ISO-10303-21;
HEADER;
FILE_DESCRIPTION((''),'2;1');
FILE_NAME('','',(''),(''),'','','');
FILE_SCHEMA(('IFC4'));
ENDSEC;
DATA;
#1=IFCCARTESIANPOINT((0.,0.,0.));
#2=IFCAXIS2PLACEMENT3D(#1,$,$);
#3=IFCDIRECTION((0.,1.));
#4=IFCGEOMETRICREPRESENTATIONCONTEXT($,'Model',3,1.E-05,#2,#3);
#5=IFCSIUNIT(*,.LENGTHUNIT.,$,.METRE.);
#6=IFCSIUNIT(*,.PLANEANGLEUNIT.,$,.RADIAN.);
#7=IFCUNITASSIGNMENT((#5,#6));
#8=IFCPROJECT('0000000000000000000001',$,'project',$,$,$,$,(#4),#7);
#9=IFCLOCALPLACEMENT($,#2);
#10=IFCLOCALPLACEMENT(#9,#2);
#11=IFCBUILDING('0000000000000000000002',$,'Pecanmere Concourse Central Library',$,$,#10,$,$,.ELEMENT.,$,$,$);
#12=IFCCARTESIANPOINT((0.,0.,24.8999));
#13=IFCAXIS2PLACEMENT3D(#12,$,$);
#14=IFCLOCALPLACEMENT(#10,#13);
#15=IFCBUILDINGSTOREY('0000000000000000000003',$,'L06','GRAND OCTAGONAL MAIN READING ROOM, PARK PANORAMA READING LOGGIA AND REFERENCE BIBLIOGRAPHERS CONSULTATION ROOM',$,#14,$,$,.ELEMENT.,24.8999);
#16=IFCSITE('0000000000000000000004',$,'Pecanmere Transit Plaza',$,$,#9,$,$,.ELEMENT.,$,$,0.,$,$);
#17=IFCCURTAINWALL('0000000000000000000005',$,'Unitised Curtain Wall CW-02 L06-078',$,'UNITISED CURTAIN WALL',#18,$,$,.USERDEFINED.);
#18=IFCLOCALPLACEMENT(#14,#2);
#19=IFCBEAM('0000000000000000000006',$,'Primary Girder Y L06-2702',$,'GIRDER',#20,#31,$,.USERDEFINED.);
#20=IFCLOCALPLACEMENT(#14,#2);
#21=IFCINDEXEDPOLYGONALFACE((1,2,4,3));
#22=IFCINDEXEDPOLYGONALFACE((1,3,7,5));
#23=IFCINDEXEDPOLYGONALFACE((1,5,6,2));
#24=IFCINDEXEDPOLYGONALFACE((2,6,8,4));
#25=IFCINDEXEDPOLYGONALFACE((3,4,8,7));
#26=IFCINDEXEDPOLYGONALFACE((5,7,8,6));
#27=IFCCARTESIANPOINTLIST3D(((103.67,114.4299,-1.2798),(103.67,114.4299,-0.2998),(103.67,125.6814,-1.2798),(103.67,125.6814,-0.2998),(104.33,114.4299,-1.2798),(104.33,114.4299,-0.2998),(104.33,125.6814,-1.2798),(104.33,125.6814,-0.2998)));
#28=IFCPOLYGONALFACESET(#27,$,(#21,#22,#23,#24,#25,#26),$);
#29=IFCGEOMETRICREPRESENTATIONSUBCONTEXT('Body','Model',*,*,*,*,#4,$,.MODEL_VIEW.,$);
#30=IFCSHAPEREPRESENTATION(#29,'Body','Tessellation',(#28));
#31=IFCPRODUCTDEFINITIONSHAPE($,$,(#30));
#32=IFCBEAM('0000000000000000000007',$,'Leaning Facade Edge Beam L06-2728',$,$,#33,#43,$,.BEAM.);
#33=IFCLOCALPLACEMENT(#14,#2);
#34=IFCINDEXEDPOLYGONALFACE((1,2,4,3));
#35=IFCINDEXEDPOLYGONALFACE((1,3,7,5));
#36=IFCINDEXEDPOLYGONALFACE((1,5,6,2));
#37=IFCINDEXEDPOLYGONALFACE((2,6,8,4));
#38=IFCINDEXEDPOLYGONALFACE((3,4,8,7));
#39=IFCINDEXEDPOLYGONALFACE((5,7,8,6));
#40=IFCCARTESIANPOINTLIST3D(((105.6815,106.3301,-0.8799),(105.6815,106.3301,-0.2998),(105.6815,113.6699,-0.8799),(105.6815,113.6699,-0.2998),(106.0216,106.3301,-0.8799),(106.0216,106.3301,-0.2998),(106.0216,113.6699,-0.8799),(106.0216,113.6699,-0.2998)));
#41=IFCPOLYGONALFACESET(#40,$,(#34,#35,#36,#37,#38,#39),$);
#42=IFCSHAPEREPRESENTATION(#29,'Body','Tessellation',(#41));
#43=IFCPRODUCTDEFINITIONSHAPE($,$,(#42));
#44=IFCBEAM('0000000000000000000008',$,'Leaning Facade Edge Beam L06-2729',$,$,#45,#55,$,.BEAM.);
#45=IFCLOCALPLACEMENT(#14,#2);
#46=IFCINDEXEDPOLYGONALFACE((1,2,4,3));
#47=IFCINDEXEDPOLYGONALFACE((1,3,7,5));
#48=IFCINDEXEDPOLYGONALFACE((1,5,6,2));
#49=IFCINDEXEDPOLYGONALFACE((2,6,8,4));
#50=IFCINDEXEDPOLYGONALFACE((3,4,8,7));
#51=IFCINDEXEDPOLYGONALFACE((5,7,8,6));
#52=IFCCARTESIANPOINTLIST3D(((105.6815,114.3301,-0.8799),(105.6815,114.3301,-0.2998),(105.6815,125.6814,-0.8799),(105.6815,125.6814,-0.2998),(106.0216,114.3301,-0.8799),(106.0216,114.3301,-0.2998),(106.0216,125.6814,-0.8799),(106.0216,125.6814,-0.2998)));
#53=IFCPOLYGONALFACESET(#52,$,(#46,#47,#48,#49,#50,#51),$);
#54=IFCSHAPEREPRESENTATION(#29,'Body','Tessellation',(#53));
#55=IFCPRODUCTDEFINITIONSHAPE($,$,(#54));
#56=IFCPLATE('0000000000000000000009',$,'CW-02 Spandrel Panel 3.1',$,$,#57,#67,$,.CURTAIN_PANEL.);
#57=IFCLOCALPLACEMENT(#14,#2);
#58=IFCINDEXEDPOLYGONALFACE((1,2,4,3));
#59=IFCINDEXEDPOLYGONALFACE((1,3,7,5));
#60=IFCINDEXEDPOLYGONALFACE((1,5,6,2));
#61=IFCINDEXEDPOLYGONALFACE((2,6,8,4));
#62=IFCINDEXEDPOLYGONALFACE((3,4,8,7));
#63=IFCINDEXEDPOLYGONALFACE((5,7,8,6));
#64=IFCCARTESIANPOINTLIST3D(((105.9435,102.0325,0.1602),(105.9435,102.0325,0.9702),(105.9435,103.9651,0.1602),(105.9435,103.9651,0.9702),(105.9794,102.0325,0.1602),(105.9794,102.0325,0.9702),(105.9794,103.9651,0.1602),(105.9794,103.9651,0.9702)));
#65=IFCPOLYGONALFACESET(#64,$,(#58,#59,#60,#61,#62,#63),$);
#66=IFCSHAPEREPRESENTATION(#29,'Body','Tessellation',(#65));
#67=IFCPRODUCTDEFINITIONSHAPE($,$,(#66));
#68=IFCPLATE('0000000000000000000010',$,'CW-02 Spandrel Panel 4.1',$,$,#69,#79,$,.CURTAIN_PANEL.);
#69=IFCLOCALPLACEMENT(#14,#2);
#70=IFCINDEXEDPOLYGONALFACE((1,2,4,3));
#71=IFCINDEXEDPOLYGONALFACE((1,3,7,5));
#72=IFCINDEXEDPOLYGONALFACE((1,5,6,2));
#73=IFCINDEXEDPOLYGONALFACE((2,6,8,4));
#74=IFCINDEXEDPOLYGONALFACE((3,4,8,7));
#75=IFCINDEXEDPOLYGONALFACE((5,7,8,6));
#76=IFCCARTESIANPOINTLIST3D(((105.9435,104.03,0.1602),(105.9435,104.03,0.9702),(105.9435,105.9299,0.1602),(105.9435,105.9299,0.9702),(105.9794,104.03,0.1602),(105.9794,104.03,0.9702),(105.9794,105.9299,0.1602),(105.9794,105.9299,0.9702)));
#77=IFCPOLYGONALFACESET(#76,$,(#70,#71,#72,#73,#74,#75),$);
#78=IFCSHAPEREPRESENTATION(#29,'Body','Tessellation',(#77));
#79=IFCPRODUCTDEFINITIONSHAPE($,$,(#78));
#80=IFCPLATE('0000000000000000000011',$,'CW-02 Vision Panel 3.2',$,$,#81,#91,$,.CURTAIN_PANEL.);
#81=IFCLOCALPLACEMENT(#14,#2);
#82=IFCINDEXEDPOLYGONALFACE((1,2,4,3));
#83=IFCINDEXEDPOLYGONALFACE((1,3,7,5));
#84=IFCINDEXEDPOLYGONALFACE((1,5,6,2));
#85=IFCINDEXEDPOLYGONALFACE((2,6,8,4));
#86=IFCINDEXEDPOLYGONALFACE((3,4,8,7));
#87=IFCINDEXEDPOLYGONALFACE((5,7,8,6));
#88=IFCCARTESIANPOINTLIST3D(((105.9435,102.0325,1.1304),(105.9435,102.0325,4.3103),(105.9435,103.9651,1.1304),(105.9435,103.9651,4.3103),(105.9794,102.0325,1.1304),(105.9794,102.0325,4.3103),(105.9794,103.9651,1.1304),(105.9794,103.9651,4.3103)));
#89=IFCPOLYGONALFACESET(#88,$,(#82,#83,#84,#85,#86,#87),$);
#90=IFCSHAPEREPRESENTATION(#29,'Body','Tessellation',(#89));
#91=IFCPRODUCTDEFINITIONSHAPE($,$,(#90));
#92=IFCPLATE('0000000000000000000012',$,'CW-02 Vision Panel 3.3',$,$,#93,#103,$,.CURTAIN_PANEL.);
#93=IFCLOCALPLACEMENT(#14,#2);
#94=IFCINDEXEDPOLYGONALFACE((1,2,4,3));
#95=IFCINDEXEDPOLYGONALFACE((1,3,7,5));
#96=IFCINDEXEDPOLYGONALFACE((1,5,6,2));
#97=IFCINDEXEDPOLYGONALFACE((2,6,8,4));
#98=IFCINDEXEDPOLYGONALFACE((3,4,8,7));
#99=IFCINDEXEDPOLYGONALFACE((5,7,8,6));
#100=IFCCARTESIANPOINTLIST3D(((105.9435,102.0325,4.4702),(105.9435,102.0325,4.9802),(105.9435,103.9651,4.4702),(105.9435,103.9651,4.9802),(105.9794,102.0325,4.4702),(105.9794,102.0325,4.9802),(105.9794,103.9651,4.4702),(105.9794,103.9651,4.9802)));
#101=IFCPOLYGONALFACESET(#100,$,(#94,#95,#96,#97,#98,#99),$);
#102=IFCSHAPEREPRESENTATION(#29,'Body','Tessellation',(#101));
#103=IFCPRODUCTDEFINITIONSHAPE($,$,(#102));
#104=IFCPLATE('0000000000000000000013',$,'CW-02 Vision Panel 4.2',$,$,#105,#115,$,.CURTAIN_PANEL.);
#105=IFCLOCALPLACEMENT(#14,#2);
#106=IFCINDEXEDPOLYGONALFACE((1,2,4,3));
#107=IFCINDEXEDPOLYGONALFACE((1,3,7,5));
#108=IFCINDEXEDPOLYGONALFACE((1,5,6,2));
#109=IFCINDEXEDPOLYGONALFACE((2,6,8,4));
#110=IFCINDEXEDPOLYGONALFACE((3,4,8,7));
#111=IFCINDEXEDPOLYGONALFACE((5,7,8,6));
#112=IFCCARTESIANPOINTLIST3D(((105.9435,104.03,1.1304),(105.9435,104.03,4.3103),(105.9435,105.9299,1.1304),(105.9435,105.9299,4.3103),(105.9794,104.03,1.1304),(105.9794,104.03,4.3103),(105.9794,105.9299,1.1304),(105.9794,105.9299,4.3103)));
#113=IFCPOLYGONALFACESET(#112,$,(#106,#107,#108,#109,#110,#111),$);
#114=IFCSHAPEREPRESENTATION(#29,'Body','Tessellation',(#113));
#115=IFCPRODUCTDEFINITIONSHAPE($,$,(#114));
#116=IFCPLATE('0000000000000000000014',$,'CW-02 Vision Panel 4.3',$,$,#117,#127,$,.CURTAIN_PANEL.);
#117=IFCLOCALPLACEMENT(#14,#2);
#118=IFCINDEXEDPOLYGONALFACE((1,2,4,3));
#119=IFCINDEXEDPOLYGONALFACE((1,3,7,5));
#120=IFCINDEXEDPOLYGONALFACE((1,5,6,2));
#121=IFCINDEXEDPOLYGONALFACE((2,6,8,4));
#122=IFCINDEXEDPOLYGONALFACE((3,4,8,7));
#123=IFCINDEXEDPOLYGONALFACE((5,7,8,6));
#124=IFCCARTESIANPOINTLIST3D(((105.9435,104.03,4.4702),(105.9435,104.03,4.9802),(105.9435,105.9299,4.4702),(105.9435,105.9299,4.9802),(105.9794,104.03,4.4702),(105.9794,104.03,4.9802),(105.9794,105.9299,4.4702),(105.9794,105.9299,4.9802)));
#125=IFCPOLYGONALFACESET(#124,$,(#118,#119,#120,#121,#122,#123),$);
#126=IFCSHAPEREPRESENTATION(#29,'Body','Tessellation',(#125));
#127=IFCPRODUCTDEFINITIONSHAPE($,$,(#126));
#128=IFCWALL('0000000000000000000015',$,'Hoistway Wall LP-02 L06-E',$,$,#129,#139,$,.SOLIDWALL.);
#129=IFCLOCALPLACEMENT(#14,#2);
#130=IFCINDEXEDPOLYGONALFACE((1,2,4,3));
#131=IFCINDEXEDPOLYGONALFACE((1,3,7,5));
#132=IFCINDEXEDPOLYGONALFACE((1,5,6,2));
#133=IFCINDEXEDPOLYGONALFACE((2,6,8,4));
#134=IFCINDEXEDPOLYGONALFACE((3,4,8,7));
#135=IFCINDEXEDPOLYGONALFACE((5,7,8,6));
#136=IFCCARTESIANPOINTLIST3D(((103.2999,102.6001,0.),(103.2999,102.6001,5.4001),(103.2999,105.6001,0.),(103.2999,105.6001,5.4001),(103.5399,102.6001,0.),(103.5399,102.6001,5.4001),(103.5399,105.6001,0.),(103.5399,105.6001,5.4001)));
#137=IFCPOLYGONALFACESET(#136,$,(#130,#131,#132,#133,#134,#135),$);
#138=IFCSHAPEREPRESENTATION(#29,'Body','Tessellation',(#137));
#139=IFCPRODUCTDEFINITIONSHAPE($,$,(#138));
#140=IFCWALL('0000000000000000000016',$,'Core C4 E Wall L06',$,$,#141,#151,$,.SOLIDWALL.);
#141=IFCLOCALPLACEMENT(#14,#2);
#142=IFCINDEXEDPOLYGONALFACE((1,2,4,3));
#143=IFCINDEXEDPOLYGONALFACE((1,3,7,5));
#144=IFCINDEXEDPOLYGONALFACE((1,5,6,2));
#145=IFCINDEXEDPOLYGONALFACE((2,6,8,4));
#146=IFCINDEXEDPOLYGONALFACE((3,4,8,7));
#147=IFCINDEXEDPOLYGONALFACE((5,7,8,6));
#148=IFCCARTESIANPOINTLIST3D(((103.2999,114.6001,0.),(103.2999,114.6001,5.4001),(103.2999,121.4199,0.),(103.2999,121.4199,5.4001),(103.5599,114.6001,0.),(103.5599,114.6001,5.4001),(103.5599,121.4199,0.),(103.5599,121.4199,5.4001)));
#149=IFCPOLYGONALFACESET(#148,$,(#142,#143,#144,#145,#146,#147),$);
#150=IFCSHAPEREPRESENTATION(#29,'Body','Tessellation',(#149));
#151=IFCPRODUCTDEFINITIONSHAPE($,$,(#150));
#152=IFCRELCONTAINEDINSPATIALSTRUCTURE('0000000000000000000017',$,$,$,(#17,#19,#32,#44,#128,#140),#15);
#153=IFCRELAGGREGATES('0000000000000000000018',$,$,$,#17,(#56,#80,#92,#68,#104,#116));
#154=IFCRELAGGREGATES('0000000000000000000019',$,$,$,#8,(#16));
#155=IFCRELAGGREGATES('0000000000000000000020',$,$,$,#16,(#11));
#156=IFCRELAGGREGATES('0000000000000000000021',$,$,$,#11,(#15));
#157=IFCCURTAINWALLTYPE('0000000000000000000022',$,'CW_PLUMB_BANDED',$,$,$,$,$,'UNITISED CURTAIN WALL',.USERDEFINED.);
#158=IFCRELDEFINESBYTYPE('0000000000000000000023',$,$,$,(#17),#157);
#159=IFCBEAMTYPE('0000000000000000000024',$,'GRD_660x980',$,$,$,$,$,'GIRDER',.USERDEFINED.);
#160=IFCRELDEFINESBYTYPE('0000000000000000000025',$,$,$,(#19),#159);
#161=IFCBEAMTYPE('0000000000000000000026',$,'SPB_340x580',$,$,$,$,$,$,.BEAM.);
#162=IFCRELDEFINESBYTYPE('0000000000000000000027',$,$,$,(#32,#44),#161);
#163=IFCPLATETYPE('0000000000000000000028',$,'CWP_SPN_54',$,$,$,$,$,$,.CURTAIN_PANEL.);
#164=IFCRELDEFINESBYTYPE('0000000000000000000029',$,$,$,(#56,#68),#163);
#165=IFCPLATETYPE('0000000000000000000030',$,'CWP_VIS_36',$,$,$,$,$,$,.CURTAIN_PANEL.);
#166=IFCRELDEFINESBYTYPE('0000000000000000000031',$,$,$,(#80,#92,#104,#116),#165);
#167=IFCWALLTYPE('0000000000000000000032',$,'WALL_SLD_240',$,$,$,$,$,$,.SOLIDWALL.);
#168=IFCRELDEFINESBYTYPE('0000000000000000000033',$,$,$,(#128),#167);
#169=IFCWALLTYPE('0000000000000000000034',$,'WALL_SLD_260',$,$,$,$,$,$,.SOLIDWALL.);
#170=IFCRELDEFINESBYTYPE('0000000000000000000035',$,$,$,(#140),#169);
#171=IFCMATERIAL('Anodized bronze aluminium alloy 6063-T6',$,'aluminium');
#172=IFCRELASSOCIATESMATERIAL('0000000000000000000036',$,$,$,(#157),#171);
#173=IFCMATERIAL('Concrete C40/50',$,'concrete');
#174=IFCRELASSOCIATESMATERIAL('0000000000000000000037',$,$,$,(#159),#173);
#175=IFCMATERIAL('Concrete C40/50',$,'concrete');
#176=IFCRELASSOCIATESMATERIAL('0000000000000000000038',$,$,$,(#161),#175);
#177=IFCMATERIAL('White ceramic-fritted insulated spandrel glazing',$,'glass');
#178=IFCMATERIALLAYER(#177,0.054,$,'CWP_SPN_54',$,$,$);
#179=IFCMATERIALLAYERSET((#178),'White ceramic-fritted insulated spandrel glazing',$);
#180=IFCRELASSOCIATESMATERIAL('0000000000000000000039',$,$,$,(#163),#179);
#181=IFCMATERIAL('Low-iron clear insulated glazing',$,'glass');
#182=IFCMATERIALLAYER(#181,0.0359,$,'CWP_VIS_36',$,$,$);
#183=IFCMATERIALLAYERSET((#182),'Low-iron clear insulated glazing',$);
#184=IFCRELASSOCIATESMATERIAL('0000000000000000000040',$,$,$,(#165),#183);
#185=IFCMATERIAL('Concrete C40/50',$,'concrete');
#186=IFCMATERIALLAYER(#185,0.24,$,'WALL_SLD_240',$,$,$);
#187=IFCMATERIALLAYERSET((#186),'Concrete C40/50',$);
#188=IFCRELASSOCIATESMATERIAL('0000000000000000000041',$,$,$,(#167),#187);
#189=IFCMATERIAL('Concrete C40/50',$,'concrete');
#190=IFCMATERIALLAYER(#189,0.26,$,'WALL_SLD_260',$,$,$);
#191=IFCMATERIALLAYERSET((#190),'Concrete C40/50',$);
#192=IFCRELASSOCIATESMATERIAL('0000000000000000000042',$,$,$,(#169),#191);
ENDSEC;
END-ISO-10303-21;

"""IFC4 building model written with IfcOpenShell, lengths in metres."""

from ifc_helpers import new_model, si_unit, direction, frame, frame_2d, origin, origin_2d, place, context, subcontext, project, spatial, rectangle, extrude, material, layer, layer_set, material_profile, profile_set, type_object, element, aggregate, save


model = new_model("IFC4")

# Units and contexts
model_context = context("Model", 3, precision=1e-05, world=origin(), true_north=direction((0.0, 1.0)))
body_context = subcontext(model_context, "Body", "Model", "MODEL_VIEW")
ifc_project = project(units=[si_unit("LENGTHUNIT", "METRE"), si_unit("PLANEANGLEUNIT", "RADIAN")], contexts=[model_context])

# Site, building, storey
site_placement = place(None, origin())
site = spatial("IfcSite", under=ifc_project, at=site_placement, Name="Pecanmere Transit Plaza", CompositionType="ELEMENT", RefElevation=0.0)
building_placement = place(site_placement, origin())
building = spatial("IfcBuilding", under=site, at=building_placement, Name="Pecanmere Concourse Central Library", CompositionType="ELEMENT")
storey_placement = place(building_placement, frame((0.0, 0.0, 24.8999)))
storey = spatial("IfcBuildingStorey", under=building, at=storey_placement, Name="L06", Description="GRAND OCTAGONAL MAIN READING ROOM, PARK PANORAMA READING LOGGIA AND REFERENCE BIBLIOGRAPHERS CONSULTATION ROOM", CompositionType="ELEMENT", Elevation=24.8999)

# Curtain wall
ifc_material_1 = material(Name="Anodized bronze aluminium alloy 6063-T6", Category="aluminium")
curtain_wall_type = type_object("IfcCurtainWallType", Name="CW_PLUMB_BANDED", ElementType="UNITISED CURTAIN WALL", PredefinedType="USERDEFINED", material=ifc_material_1)
curtain_wall_1_placement = place(storey_placement, origin())
curtain_wall_1 = element("IfcCurtainWall", 1, at=curtain_wall_1_placement, inside=storey, type_object=curtain_wall_type, Name="Unitised Curtain Wall CW-02 L06-078", ObjectType="UNITISED CURTAIN WALL", PredefinedType="USERDEFINED")

# Beams
ifc_material_2 = material(Name="Concrete C40/50", Category="concrete")
ifc_material_profile_1 = material_profile(ifc_material_2, rectangle(XDim=0.6599, YDim=0.98, at=origin_2d()), Name="RC 660x980")
ifc_profile_set_1 = profile_set([ifc_material_profile_1], Name="Concrete C40/50")
beam_type_1 = type_object("IfcBeamType", Name="GRD_660x980", ElementType="GIRDER", PredefinedType="USERDEFINED", material=ifc_profile_set_1)
beam_1_placement = place(storey_placement, frame((104.0, 114.4299, -0.7898), z_axis=(0.0, 1.0, 0.0), x_axis=(-1.0, 0.0, 0.0)))
element("IfcBeam", 2, at=beam_1_placement, inside=storey, type_object=beam_type_1, Name="Primary Girder Y L06-2702", ObjectType="GIRDER", PredefinedType="USERDEFINED", context=body_context, shape_type="SweptSolid", body=[
    extrude(rectangle(XDim=0.6599, YDim=0.98, at=origin_2d()), origin(), (0.0, 0.0, 1.0), 11.2515),
])
ifc_material_3 = material(Name="Concrete C40/50", Category="concrete")
ifc_material_profile_2 = material_profile(ifc_material_3, rectangle(XDim=0.3401, YDim=0.5801, at=origin_2d()), Name="RC 340x580")
ifc_profile_set_2 = profile_set([ifc_material_profile_2], Name="Concrete C40/50")
beam_type_2 = type_object("IfcBeamType", Name="SPB_340x580", PredefinedType="BEAM", material=ifc_profile_set_2)
beam_2_placement = place(storey_placement, frame((105.8516, 106.3301, -0.5898), z_axis=(0.0, 1.0, 0.0), x_axis=(-1.0, 0.0, 0.0)))
element("IfcBeam", 3, at=beam_2_placement, inside=storey, type_object=beam_type_2, Name="Leaning Facade Edge Beam L06-2728", PredefinedType="BEAM", context=body_context, shape_type="SweptSolid", body=[
    extrude(rectangle(XDim=0.3401, YDim=0.5801, at=origin_2d()), origin(), (0.0, 0.0, 1.0), 7.3398),
])
beam_3_placement = place(storey_placement, frame((105.8516, 114.3301, -0.5898), z_axis=(0.0, 1.0, 0.0), x_axis=(-1.0, 0.0, 0.0)))
element("IfcBeam", 4, at=beam_3_placement, inside=storey, type_object=beam_type_2, Name="Leaning Facade Edge Beam L06-2729", PredefinedType="BEAM", context=body_context, shape_type="SweptSolid", body=[
    extrude(rectangle(XDim=0.3401, YDim=0.5801, at=origin_2d()), origin(), (0.0, 0.0, 1.0), 11.3513),
])

# Plates
ifc_material_4 = material(Name="White ceramic-fritted insulated spandrel glazing", Category="glass")
ifc_layer_1 = layer(ifc_material_4, 0.054, Name="CWP_SPN_54")
ifc_layer_set_1 = layer_set([ifc_layer_1], Name="White ceramic-fritted insulated spandrel glazing")
plate_type_1 = type_object("IfcPlateType", Name="CWP_SPN_54", PredefinedType="CURTAIN_PANEL", material=ifc_layer_set_1)
plate_1_placement = place(storey_placement, frame((105.9614, 102.9988, 0.1602), z_axis=(0.0, 0.0, 1.0), x_axis=(0.0, 1.0, 0.0)))
plate_1 = element("IfcPlate", 5, at=plate_1_placement, type_object=plate_type_1, Name="CW-02 Spandrel Panel 3.1", PredefinedType="CURTAIN_PANEL", context=body_context, shape_type="SweptSolid", body=[
    extrude(rectangle(XDim=1.9326, YDim=0.0359, at=origin_2d()), origin(), (0.0, 0.0, 1.0), 0.8101),
])
plate_2_placement = place(storey_placement, frame((105.9614, 104.98, 0.1602), z_axis=(0.0, 0.0, 1.0), x_axis=(0.0, 1.0, 0.0)))
plate_2 = element("IfcPlate", 6, at=plate_2_placement, type_object=plate_type_1, Name="CW-02 Spandrel Panel 4.1", PredefinedType="CURTAIN_PANEL", context=body_context, shape_type="SweptSolid", body=[
    extrude(rectangle(XDim=1.8999, YDim=0.0359, at=origin_2d()), origin(), (0.0, 0.0, 1.0), 0.8101),
])
ifc_material_5 = material(Name="Low-iron clear insulated glazing", Category="glass")
ifc_layer_2 = layer(ifc_material_5, 0.0359, Name="CWP_VIS_36")
ifc_layer_set_2 = layer_set([ifc_layer_2], Name="Low-iron clear insulated glazing")
plate_type_2 = type_object("IfcPlateType", Name="CWP_VIS_36", PredefinedType="CURTAIN_PANEL", material=ifc_layer_set_2)
plate_3_placement = place(storey_placement, frame((105.9614, 102.9988, 1.1304), z_axis=(0.0, 0.0, 1.0), x_axis=(0.0, 1.0, 0.0)))
plate_3 = element("IfcPlate", 7, at=plate_3_placement, type_object=plate_type_2, Name="CW-02 Vision Panel 3.2", PredefinedType="CURTAIN_PANEL", context=body_context, shape_type="SweptSolid", body=[
    extrude(rectangle(XDim=1.9326, YDim=0.0359, at=origin_2d()), origin(), (0.0, 0.0, 1.0), 3.1799),
])
plate_4_placement = place(storey_placement, frame((105.9614, 102.9988, 4.4702), z_axis=(0.0, 0.0, 1.0), x_axis=(0.0, 1.0, 0.0)))
plate_4 = element("IfcPlate", 8, at=plate_4_placement, type_object=plate_type_2, Name="CW-02 Vision Panel 3.3", PredefinedType="CURTAIN_PANEL", context=body_context, shape_type="SweptSolid", body=[
    extrude(rectangle(XDim=1.9326, YDim=0.0359, at=origin_2d()), origin(), (0.0, 0.0, 1.0), 0.51),
])
plate_5_placement = place(storey_placement, frame((105.9614, 104.98, 1.1304), z_axis=(0.0, 0.0, 1.0), x_axis=(0.0, 1.0, 0.0)))
plate_5 = element("IfcPlate", 9, at=plate_5_placement, type_object=plate_type_2, Name="CW-02 Vision Panel 4.2", PredefinedType="CURTAIN_PANEL", context=body_context, shape_type="SweptSolid", body=[
    extrude(rectangle(XDim=1.8999, YDim=0.0359, at=origin_2d()), origin(), (0.0, 0.0, 1.0), 3.1799),
])
plate_6_placement = place(storey_placement, frame((105.9614, 104.98, 4.4702), z_axis=(0.0, 0.0, 1.0), x_axis=(0.0, 1.0, 0.0)))
plate_6 = element("IfcPlate", 10, at=plate_6_placement, type_object=plate_type_2, Name="CW-02 Vision Panel 4.3", PredefinedType="CURTAIN_PANEL", context=body_context, shape_type="SweptSolid", body=[
    extrude(rectangle(XDim=1.8999, YDim=0.0359, at=origin_2d()), origin(), (0.0, 0.0, 1.0), 0.51),
])
aggregate(curtain_wall_1, [plate_1, plate_3, plate_4, plate_2, plate_5, plate_6])

# Walls
ifc_material_6 = material(Name="Concrete C40/50", Category="concrete")
ifc_layer_3 = layer(ifc_material_6, 0.24, Name="WALL_SLD_240")
ifc_layer_set_3 = layer_set([ifc_layer_3], Name="Concrete C40/50")
wall_type_1 = type_object("IfcWallType", Name="WALL_SLD_240", PredefinedType="SOLIDWALL", material=ifc_layer_set_3)
wall_1_placement = place(storey_placement, frame((103.4199, 102.6001, 0.0), z_axis=(0.0, 0.0, 1.0), x_axis=(0.0, 1.0, 0.0)))
element("IfcWall", 11, at=wall_1_placement, inside=storey, type_object=wall_type_1, Name="Hoistway Wall LP-02 L06-E", PredefinedType="SOLIDWALL", context=body_context, shape_type="SweptSolid", body=[
    extrude(rectangle(XDim=3.0, YDim=0.24, at=frame_2d((1.5, 0.0))), origin(), (0.0, 0.0, 1.0), 5.4001),
])
ifc_material_7 = material(Name="Concrete C40/50", Category="concrete")
ifc_layer_4 = layer(ifc_material_7, 0.26, Name="WALL_SLD_260")
ifc_layer_set_4 = layer_set([ifc_layer_4], Name="Concrete C40/50")
wall_type_2 = type_object("IfcWallType", Name="WALL_SLD_260", PredefinedType="SOLIDWALL", material=ifc_layer_set_4)
wall_2_placement = place(storey_placement, frame((103.4299, 114.6001, 0.0), z_axis=(0.0, 0.0, 1.0), x_axis=(0.0, 1.0, 0.0)))
element("IfcWall", 12, at=wall_2_placement, inside=storey, type_object=wall_type_2, Name="Core C4 E Wall L06", PredefinedType="SOLIDWALL", context=body_context, shape_type="SweptSolid", body=[
    extrude(rectangle(XDim=6.8198, YDim=0.26, at=frame_2d((3.4099, 0.0))), origin(), (0.0, 0.0, 1.0), 5.4001),
])

save(model, "model.ifc")
